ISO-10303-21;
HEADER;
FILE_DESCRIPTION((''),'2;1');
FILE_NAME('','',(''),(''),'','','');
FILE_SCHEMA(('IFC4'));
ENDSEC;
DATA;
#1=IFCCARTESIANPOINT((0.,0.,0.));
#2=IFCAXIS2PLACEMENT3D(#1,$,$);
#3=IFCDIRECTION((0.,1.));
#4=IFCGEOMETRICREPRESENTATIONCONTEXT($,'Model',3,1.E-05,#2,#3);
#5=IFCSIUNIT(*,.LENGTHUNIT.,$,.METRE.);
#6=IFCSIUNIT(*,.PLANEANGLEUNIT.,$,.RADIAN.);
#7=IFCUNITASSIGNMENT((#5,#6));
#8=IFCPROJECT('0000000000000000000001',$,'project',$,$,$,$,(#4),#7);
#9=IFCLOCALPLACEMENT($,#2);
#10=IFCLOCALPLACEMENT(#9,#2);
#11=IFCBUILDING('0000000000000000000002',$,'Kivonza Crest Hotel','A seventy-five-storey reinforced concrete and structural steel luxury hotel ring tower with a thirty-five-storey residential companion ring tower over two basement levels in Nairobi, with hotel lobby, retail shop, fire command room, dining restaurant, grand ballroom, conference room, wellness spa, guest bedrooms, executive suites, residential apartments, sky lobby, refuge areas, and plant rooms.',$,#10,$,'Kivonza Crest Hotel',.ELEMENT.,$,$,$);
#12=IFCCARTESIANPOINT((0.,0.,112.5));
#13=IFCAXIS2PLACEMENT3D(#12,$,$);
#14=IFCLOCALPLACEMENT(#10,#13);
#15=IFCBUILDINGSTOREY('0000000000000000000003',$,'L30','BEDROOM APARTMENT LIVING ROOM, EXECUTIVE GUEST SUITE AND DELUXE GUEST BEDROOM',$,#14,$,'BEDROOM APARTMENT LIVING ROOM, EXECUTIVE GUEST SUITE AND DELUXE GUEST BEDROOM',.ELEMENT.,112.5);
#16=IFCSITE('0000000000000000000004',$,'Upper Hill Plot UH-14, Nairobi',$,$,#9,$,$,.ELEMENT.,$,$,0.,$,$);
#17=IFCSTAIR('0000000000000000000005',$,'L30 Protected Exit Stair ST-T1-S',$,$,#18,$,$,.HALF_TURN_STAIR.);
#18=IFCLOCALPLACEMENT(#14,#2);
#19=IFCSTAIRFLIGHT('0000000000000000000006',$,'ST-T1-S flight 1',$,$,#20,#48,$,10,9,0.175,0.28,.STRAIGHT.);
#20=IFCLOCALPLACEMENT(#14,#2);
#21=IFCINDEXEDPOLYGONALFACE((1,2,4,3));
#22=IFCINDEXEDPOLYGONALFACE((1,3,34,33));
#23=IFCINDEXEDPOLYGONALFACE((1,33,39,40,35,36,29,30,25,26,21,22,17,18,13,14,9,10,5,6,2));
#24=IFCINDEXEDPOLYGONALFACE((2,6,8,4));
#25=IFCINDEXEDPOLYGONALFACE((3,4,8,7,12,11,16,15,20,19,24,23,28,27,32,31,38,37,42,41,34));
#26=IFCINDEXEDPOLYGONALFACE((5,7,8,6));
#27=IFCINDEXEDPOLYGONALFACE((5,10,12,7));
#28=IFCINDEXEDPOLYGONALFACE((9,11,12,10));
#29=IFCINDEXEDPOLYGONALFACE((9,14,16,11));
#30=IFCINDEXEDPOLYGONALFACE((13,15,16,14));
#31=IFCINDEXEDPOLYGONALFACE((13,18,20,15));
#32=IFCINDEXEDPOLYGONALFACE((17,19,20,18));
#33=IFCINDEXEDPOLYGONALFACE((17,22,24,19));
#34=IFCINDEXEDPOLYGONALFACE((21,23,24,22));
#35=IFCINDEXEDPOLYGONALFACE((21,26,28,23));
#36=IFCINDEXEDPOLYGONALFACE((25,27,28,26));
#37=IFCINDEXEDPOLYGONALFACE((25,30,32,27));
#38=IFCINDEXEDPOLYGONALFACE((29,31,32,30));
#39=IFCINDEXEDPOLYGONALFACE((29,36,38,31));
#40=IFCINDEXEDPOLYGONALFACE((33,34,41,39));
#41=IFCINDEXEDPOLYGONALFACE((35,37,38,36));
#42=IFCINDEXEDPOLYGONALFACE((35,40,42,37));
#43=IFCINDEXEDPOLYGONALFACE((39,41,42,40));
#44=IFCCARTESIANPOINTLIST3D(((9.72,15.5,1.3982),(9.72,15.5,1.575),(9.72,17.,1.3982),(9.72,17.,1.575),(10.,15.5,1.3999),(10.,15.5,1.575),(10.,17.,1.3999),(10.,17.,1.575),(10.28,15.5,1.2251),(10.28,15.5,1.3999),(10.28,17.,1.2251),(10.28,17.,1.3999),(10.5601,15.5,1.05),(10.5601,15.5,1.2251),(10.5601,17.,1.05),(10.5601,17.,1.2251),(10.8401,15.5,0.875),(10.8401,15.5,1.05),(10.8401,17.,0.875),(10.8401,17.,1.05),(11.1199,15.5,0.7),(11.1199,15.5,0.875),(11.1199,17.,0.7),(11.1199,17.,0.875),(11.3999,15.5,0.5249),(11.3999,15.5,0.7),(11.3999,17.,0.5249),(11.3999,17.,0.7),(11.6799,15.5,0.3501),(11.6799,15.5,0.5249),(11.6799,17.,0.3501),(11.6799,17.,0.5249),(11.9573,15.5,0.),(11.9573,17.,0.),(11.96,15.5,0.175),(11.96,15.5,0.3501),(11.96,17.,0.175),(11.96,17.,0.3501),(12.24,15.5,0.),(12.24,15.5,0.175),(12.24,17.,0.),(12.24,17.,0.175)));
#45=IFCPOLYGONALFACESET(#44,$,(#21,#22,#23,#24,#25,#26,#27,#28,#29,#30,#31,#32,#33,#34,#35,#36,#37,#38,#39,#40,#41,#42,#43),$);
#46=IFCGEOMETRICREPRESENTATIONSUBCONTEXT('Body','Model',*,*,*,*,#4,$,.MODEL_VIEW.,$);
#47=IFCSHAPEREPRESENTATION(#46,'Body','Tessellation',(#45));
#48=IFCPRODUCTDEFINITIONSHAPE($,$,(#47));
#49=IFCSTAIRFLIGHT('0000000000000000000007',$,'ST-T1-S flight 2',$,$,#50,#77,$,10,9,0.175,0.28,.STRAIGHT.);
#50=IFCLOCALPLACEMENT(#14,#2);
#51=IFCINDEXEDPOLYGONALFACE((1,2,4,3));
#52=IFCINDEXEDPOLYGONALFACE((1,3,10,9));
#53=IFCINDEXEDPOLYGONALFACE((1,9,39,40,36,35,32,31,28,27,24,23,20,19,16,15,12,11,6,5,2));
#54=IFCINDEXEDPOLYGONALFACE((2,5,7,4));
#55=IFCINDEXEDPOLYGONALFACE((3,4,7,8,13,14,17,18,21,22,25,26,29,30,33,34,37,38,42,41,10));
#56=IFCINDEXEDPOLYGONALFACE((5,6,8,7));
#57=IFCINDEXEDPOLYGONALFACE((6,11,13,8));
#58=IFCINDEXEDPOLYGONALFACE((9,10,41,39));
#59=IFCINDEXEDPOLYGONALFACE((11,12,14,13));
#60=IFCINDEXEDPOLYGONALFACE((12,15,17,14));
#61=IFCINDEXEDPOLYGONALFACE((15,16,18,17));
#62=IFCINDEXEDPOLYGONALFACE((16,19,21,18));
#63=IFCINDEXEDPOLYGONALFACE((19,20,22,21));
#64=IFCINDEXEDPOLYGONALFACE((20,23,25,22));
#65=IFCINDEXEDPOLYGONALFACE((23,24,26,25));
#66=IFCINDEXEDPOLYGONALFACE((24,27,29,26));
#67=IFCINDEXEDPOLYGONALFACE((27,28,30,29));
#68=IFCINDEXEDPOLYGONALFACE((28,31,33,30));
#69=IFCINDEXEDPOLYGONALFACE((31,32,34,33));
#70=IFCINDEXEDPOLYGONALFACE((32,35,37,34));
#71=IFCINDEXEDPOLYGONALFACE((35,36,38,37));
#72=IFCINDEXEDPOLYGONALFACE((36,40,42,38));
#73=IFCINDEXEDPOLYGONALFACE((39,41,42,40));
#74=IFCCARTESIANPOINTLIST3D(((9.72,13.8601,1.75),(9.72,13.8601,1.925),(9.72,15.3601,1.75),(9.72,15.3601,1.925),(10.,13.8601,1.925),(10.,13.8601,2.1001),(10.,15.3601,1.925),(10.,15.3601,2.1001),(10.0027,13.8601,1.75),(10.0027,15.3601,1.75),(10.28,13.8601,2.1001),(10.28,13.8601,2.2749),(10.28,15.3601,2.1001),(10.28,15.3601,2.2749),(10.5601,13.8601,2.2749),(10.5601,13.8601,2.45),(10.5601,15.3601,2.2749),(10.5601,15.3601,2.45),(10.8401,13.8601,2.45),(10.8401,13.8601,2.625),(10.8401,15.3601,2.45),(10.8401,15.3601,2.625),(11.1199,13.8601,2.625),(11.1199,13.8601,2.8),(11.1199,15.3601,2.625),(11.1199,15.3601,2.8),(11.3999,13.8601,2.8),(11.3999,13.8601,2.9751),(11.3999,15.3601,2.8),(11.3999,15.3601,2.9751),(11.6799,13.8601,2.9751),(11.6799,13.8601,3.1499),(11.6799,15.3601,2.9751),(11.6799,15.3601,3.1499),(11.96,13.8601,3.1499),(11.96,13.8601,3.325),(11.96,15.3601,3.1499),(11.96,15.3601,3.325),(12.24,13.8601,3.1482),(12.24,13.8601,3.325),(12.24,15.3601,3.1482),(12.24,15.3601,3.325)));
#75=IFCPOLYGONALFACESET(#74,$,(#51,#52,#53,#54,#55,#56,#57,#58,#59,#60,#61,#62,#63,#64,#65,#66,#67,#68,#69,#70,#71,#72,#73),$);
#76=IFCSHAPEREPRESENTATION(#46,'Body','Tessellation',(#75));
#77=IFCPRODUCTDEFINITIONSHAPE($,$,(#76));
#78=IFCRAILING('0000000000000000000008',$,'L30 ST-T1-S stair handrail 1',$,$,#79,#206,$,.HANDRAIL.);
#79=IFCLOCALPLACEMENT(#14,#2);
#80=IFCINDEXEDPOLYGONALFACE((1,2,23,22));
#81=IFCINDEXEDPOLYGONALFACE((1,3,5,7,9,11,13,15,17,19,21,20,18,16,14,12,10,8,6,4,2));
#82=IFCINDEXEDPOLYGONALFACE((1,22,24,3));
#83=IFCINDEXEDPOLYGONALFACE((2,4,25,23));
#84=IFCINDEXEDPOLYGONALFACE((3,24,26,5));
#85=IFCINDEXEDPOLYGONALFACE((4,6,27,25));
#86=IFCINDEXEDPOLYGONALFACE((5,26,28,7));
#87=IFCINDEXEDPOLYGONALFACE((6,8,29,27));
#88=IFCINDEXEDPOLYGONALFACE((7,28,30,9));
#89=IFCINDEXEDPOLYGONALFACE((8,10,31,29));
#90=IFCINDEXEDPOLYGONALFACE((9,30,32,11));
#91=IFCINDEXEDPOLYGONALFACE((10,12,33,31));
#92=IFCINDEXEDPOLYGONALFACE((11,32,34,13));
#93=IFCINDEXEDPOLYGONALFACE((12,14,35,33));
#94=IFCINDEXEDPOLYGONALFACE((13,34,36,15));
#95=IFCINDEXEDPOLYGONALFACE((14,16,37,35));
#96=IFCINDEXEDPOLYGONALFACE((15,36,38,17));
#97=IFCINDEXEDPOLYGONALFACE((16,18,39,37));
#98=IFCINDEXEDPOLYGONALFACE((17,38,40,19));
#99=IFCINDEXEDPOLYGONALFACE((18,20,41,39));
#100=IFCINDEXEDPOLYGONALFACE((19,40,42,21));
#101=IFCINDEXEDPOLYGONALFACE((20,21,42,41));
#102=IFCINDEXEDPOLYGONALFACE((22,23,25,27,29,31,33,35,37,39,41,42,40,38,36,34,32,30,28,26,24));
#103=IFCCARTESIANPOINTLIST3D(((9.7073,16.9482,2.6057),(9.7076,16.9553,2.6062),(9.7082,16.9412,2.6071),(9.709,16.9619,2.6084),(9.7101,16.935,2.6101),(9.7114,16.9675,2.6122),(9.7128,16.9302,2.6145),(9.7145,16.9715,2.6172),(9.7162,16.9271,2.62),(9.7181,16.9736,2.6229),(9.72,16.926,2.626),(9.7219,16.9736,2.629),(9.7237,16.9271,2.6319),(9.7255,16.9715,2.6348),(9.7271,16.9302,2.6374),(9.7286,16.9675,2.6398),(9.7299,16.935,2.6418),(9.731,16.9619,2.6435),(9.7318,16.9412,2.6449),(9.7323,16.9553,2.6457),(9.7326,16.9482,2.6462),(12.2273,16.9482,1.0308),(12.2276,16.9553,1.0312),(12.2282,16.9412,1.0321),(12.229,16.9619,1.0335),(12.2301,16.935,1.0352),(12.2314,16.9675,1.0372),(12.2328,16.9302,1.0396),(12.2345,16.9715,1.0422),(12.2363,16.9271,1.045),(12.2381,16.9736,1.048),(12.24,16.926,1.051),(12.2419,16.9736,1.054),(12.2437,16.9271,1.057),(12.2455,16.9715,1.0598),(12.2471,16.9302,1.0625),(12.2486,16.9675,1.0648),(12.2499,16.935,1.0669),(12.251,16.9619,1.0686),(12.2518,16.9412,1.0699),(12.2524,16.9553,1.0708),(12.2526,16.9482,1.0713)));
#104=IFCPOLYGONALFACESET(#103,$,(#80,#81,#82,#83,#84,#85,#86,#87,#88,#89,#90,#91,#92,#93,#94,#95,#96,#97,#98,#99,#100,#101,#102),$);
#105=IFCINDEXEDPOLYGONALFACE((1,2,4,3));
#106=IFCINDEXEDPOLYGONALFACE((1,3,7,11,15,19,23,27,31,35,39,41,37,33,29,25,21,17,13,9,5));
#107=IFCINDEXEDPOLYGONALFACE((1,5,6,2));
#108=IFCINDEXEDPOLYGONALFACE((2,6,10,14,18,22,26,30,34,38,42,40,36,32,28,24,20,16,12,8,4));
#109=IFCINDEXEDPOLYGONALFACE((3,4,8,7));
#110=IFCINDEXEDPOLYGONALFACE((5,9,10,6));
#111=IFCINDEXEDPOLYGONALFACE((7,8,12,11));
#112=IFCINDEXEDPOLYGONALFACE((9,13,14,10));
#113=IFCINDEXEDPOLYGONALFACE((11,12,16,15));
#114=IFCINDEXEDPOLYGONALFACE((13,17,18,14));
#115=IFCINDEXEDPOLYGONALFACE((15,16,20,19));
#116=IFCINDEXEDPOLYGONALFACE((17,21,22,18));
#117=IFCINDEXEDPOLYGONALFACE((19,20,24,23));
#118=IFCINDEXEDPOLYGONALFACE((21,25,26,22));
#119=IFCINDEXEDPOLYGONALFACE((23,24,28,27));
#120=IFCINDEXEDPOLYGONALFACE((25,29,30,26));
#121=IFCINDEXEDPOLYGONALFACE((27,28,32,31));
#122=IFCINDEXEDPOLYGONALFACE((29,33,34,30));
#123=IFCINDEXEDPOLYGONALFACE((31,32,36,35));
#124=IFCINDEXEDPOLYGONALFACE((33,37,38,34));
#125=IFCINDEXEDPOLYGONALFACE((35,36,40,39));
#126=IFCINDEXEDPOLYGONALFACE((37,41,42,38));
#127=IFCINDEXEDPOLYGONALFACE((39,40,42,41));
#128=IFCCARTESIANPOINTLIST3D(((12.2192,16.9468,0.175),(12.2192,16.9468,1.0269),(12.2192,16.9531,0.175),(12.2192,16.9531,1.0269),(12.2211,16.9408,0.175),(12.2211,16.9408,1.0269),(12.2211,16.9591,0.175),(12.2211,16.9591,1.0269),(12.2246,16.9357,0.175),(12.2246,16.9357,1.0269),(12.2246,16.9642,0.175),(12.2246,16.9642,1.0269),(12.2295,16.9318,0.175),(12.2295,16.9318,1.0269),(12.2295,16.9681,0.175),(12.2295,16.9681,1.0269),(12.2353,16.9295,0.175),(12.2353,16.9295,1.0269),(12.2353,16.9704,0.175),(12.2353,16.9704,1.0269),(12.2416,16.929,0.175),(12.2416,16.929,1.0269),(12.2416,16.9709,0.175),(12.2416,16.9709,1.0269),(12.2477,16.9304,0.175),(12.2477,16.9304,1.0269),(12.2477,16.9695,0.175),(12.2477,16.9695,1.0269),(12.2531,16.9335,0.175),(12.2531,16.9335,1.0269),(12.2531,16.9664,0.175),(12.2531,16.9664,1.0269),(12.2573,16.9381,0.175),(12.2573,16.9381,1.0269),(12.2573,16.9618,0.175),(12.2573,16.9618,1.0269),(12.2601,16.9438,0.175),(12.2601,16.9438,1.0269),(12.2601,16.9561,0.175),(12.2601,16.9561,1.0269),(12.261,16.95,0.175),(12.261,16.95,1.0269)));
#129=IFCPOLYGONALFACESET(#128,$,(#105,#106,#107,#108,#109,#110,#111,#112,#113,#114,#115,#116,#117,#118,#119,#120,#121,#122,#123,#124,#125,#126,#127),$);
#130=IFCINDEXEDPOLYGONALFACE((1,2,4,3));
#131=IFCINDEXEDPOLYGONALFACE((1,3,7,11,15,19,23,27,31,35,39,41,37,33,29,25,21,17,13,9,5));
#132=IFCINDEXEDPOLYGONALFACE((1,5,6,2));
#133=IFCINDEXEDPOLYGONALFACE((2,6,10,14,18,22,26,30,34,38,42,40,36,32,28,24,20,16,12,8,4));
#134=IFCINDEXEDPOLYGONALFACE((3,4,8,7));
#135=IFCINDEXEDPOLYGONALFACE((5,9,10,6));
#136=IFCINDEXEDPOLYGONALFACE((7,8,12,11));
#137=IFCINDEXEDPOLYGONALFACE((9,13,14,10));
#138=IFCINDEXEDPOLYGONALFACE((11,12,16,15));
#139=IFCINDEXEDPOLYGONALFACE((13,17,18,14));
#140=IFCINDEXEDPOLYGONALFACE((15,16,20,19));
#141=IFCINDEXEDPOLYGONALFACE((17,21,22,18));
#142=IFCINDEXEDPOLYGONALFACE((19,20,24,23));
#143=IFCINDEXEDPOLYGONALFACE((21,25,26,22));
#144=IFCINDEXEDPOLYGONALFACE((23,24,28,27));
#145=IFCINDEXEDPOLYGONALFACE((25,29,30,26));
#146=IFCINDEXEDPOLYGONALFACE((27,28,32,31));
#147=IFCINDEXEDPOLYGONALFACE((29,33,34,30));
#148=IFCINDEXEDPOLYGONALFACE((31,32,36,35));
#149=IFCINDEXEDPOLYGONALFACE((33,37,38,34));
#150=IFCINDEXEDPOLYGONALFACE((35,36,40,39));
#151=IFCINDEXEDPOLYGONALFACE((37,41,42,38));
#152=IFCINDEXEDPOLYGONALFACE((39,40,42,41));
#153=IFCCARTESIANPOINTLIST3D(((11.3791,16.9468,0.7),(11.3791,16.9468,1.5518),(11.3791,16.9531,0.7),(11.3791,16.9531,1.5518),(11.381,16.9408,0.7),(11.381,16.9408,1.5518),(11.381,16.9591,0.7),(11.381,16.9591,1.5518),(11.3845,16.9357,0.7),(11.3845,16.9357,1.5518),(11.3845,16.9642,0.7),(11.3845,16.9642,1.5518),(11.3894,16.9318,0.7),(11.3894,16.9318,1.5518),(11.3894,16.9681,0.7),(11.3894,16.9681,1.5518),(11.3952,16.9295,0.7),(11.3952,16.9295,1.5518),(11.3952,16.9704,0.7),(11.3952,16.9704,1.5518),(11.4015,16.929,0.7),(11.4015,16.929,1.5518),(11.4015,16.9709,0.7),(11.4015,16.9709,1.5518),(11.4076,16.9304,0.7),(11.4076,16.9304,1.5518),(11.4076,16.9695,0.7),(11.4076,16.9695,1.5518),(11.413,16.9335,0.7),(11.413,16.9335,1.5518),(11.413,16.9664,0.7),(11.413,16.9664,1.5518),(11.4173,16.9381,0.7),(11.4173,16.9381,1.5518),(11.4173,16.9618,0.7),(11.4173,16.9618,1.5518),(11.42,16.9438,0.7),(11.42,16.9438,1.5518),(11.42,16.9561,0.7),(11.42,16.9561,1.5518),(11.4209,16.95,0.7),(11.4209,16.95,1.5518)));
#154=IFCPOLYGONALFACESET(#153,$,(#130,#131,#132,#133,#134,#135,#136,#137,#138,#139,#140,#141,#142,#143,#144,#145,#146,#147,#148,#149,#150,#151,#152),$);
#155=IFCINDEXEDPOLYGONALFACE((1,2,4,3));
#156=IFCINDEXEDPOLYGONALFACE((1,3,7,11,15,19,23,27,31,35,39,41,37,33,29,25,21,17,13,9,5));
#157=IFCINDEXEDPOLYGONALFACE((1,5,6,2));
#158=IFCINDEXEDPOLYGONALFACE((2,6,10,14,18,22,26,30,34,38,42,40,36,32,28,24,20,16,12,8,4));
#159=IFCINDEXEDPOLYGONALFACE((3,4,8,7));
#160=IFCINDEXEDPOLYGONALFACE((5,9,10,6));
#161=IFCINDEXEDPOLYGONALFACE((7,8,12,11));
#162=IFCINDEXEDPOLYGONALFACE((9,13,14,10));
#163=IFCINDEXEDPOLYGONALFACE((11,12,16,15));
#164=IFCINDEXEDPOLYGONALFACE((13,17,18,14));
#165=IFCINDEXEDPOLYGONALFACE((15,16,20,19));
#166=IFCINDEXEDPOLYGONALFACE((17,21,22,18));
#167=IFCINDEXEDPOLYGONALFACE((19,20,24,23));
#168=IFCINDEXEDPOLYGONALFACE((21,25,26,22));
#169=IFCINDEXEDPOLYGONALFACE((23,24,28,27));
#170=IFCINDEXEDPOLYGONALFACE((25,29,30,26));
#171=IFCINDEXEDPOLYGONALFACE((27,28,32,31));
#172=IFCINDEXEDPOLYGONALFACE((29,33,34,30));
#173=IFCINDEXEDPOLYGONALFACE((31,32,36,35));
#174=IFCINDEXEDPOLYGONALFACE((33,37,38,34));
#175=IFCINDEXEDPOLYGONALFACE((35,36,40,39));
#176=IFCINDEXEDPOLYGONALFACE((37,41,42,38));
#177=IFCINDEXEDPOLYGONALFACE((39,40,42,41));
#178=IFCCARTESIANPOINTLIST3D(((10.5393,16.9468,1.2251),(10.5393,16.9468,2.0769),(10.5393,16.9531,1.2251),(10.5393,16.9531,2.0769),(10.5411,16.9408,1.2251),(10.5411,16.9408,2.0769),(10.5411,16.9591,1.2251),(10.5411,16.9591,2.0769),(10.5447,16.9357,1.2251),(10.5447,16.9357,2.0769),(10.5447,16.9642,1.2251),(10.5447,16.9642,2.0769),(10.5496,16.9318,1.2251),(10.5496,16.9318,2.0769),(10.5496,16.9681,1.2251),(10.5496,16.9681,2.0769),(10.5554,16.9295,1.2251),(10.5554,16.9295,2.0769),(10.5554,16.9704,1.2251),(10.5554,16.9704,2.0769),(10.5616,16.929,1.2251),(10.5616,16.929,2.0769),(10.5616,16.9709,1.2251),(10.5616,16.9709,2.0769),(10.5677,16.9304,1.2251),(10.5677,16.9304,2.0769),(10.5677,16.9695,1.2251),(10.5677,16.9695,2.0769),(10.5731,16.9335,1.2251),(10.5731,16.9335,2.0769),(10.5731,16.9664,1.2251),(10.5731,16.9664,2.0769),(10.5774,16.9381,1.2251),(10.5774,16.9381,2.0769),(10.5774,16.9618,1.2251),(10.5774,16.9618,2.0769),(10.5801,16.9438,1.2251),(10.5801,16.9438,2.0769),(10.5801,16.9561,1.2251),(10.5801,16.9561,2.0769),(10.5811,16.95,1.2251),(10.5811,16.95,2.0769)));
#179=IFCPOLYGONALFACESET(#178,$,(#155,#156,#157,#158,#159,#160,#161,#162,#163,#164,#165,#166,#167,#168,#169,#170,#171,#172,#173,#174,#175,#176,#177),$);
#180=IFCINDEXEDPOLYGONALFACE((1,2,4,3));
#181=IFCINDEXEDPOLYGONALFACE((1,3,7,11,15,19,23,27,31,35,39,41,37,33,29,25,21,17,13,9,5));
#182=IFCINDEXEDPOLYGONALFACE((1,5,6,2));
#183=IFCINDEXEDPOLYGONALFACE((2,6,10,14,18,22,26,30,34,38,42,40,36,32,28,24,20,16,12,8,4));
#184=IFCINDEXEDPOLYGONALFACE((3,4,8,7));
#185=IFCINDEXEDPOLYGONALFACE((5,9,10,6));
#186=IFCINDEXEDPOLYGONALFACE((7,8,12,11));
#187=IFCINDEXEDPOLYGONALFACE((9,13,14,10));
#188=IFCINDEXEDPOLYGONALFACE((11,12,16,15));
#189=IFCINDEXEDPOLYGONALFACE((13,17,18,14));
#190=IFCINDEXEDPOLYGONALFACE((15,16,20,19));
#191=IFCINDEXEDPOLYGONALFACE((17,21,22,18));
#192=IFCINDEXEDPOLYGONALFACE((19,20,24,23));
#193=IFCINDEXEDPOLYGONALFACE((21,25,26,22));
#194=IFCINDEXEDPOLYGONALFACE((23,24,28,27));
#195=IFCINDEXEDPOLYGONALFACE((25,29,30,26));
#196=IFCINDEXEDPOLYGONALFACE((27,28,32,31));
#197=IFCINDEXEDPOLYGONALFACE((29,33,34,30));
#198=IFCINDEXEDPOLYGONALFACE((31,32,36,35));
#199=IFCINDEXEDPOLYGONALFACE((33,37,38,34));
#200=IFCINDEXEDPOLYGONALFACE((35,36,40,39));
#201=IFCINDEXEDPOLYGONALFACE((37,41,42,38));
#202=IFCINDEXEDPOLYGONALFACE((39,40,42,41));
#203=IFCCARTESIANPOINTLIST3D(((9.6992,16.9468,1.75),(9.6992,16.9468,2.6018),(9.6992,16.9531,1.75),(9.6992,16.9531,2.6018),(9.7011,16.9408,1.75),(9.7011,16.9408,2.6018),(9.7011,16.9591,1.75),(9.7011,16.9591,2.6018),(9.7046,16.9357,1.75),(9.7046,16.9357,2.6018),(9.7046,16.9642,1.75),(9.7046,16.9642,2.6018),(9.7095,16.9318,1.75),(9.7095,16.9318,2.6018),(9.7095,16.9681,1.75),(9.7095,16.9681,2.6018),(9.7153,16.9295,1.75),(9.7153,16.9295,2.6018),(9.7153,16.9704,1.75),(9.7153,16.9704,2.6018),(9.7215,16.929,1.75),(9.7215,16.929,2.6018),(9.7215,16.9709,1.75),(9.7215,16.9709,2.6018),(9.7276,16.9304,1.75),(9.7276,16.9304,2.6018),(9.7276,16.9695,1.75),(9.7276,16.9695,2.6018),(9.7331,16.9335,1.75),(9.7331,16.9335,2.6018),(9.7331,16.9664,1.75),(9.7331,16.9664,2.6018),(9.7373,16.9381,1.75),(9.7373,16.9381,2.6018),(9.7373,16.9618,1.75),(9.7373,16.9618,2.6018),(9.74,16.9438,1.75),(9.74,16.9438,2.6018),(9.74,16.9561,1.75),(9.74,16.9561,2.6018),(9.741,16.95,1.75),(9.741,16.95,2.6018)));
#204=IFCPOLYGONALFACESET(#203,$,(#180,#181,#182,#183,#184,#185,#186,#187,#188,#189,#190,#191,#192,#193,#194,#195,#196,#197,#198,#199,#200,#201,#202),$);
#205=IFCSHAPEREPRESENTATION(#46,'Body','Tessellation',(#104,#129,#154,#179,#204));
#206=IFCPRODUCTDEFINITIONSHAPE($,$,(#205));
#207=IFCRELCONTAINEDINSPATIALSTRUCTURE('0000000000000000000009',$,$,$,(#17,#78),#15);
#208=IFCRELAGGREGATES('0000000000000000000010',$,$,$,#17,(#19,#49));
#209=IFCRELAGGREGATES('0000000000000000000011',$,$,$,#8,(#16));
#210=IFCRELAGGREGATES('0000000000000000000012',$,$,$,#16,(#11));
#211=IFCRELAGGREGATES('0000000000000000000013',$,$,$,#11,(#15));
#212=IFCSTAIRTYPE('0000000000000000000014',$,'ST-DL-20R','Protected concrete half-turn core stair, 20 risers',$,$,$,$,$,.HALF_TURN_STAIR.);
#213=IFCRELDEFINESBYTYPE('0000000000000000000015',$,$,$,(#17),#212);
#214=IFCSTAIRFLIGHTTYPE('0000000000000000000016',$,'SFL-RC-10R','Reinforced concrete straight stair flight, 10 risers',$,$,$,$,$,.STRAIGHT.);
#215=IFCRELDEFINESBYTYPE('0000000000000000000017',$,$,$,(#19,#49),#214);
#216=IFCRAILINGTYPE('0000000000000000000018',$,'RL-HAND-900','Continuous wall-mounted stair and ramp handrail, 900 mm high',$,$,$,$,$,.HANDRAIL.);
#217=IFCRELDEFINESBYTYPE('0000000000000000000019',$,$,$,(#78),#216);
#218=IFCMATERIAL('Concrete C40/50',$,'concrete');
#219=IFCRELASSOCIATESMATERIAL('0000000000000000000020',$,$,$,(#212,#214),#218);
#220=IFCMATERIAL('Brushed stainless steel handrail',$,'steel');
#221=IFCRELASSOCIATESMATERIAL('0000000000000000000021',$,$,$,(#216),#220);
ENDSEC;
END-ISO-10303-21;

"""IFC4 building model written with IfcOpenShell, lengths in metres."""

from ifc_helpers import new_model, si_unit, direction, frame, origin, origin_2d, place, context, subcontext, project, spatial, polyline, circle, outline, extrude, material, type_object, element, aggregate, save


model = new_model("IFC4")

# Units and contexts
model_context = context("Model", 3, precision=1e-05, world=origin(), true_north=direction((0.0, 1.0)))
body_context = subcontext(model_context, "Body", "Model", "MODEL_VIEW")
ifc_project = project(units=[si_unit("LENGTHUNIT", "METRE"), si_unit("PLANEANGLEUNIT", "RADIAN")], contexts=[model_context])

# Site, building, storey
site_placement = place(None, origin())
site = spatial("IfcSite", under=ifc_project, at=site_placement, Name="Upper Hill Plot UH-14, Nairobi", CompositionType="ELEMENT", RefElevation=0.0)
building_placement = place(site_placement, origin())
building = spatial("IfcBuilding", under=site, at=building_placement, Name="Kivonza Crest Hotel", Description="A seventy-five-storey reinforced concrete and structural steel luxury hotel ring tower with a thirty-five-storey residential companion ring tower over two basement levels in Nairobi, with hotel lobby, retail shop, fire command room, dining restaurant, grand ballroom, conference room, wellness spa, guest bedrooms, executive suites, residential apartments, sky lobby, refuge areas, and plant rooms.", LongName="Kivonza Crest Hotel", CompositionType="ELEMENT")
storey_placement = place(building_placement, frame((0.0, 0.0, 112.5)))
storey = spatial("IfcBuildingStorey", under=building, at=storey_placement, Name="L30", Description="BEDROOM APARTMENT LIVING ROOM, EXECUTIVE GUEST SUITE AND DELUXE GUEST BEDROOM", LongName="BEDROOM APARTMENT LIVING ROOM, EXECUTIVE GUEST SUITE AND DELUXE GUEST BEDROOM", CompositionType="ELEMENT", Elevation=112.5)

# Stair, stair flights
ifc_material_1 = material(Name="Concrete C40/50", Category="concrete")
stair_type = type_object("IfcStairType", Name="ST-DL-20R", Description="Protected concrete half-turn core stair, 20 risers", PredefinedType="HALF_TURN_STAIR", material=ifc_material_1)
stair_placement = place(storey_placement, origin())
stair = element("IfcStair", 1, at=stair_placement, inside=storey, type_object=stair_type, Name="L30 Protected Exit Stair ST-T1-S", PredefinedType="HALF_TURN_STAIR")
stair_flight_type = type_object("IfcStairFlightType", Name="SFL-RC-10R", Description="Reinforced concrete straight stair flight, 10 risers", PredefinedType="STRAIGHT", material=ifc_material_1)
stair_flight_1_placement = place(storey_placement, frame((12.24, 16.25, 0.0), z_axis=(0.0, 0.0, 1.0), x_axis=(-1.0, 0.0, 0.0)))
stair_flight_1 = element("IfcStairFlight", 2, at=stair_flight_1_placement, type_object=stair_flight_type, Name="ST-T1-S flight 1", NumberOfRisers=10, NumberOfTreads=9, PredefinedType="STRAIGHT", RiserHeight=0.175, TreadLength=0.28, context=body_context, shape_type="SweptSolid", body=[
    extrude(outline(polyline([(0.0, 0.0), (0.0, 0.175), (0.28, 0.175), (0.28, 0.3501), (0.5601, 0.3501), (0.5601, 0.5249), (0.8401, 0.5249), (0.8401, 0.7), (1.1201, 0.7), (1.1201, 0.875), (1.3999, 0.875), (1.3999, 1.05), (1.6799, 1.05), (1.6799, 1.2251), (1.96, 1.2251), (1.96, 1.3999), (2.24, 1.3999), (2.24, 1.575), (2.52, 1.575), (2.52, 1.75), (2.52, 1.3982), (0.2827, 0.0), (0.0, 0.0)])), frame((0.0, 0.75, 0.0), z_axis=(0.0, -1.0, 0.0), x_axis=(1.0, 0.0, 0.0)), (0.0, 0.0, 1.0), 1.5),
])
stair_flight_2_placement = place(storey_placement, frame((9.72, 14.6101, 1.75), z_axis=(0.0, 0.0, 1.0), x_axis=(1.0, 0.0, 0.0)))
stair_flight_2 = element("IfcStairFlight", 3, at=stair_flight_2_placement, type_object=stair_flight_type, Name="ST-T1-S flight 2", NumberOfRisers=10, NumberOfTreads=9, PredefinedType="STRAIGHT", RiserHeight=0.175, TreadLength=0.28, context=body_context, shape_type="SweptSolid", body=[
    extrude(outline(polyline([(0.0, 0.0), (0.0, 0.175), (0.28, 0.175), (0.28, 0.3501), (0.5601, 0.3501), (0.5601, 0.5249), (0.8401, 0.5249), (0.8401, 0.7), (1.1201, 0.7), (1.1201, 0.875), (1.3999, 0.875), (1.3999, 1.05), (1.6799, 1.05), (1.6799, 1.2251), (1.96, 1.2251), (1.96, 1.3999), (2.24, 1.3999), (2.24, 1.575), (2.52, 1.575), (2.52, 1.75), (2.52, 1.3982), (0.2827, 0.0), (0.0, 0.0)])), frame((0.0, 0.75, 0.0), z_axis=(0.0, -1.0, 0.0), x_axis=(1.0, 0.0, 0.0)), (0.0, 0.0, 1.0), 1.5),
])
aggregate(stair, [stair_flight_1, stair_flight_2])

# Railing
ifc_material_2 = material(Name="Brushed stainless steel handrail", Category="steel")
railing_type_1 = type_object("IfcRailingType", Name="RL-HAND-900", Description="Continuous wall-mounted stair and ramp handrail, 900 mm high", PredefinedType="HANDRAIL", material=ifc_material_2)
railing_1_placement = place(storey_placement, frame((12.24, 16.95, 0.175)))
element("IfcRailing", 4, at=railing_1_placement, inside=storey, type_object=railing_type_1, Name="L30 ST-T1-S stair handrail 1", PredefinedType="HANDRAIL", context=body_context, shape_type="SweptSolid", body=[
    extrude(circle(Radius=0.0239, at=origin_2d()), frame((0.0, 0.0, 0.876), z_axis=(-0.848008, 0.0, 0.529984), x_axis=(0.0, -1.0, 0.0)), (0.0, 0.0, 1.0), 2.9717),
    extrude(circle(Radius=0.021, at=origin_2d()), origin(), (0.0, 0.0, 1.0), 0.8518),
    extrude(circle(Radius=0.021, at=origin_2d()), frame((-0.8401, 0.0, 0.5249)), (0.0, 0.0, 1.0), 0.8518),
    extrude(circle(Radius=0.021, at=origin_2d()), frame((-1.6799, 0.0, 1.05)), (0.0, 0.0, 1.0), 0.8518),
    extrude(circle(Radius=0.021, at=origin_2d()), frame((-2.52, 0.0, 1.575)), (0.0, 0.0, 1.0), 0.8518),
])

save(model, "model.ifc")
